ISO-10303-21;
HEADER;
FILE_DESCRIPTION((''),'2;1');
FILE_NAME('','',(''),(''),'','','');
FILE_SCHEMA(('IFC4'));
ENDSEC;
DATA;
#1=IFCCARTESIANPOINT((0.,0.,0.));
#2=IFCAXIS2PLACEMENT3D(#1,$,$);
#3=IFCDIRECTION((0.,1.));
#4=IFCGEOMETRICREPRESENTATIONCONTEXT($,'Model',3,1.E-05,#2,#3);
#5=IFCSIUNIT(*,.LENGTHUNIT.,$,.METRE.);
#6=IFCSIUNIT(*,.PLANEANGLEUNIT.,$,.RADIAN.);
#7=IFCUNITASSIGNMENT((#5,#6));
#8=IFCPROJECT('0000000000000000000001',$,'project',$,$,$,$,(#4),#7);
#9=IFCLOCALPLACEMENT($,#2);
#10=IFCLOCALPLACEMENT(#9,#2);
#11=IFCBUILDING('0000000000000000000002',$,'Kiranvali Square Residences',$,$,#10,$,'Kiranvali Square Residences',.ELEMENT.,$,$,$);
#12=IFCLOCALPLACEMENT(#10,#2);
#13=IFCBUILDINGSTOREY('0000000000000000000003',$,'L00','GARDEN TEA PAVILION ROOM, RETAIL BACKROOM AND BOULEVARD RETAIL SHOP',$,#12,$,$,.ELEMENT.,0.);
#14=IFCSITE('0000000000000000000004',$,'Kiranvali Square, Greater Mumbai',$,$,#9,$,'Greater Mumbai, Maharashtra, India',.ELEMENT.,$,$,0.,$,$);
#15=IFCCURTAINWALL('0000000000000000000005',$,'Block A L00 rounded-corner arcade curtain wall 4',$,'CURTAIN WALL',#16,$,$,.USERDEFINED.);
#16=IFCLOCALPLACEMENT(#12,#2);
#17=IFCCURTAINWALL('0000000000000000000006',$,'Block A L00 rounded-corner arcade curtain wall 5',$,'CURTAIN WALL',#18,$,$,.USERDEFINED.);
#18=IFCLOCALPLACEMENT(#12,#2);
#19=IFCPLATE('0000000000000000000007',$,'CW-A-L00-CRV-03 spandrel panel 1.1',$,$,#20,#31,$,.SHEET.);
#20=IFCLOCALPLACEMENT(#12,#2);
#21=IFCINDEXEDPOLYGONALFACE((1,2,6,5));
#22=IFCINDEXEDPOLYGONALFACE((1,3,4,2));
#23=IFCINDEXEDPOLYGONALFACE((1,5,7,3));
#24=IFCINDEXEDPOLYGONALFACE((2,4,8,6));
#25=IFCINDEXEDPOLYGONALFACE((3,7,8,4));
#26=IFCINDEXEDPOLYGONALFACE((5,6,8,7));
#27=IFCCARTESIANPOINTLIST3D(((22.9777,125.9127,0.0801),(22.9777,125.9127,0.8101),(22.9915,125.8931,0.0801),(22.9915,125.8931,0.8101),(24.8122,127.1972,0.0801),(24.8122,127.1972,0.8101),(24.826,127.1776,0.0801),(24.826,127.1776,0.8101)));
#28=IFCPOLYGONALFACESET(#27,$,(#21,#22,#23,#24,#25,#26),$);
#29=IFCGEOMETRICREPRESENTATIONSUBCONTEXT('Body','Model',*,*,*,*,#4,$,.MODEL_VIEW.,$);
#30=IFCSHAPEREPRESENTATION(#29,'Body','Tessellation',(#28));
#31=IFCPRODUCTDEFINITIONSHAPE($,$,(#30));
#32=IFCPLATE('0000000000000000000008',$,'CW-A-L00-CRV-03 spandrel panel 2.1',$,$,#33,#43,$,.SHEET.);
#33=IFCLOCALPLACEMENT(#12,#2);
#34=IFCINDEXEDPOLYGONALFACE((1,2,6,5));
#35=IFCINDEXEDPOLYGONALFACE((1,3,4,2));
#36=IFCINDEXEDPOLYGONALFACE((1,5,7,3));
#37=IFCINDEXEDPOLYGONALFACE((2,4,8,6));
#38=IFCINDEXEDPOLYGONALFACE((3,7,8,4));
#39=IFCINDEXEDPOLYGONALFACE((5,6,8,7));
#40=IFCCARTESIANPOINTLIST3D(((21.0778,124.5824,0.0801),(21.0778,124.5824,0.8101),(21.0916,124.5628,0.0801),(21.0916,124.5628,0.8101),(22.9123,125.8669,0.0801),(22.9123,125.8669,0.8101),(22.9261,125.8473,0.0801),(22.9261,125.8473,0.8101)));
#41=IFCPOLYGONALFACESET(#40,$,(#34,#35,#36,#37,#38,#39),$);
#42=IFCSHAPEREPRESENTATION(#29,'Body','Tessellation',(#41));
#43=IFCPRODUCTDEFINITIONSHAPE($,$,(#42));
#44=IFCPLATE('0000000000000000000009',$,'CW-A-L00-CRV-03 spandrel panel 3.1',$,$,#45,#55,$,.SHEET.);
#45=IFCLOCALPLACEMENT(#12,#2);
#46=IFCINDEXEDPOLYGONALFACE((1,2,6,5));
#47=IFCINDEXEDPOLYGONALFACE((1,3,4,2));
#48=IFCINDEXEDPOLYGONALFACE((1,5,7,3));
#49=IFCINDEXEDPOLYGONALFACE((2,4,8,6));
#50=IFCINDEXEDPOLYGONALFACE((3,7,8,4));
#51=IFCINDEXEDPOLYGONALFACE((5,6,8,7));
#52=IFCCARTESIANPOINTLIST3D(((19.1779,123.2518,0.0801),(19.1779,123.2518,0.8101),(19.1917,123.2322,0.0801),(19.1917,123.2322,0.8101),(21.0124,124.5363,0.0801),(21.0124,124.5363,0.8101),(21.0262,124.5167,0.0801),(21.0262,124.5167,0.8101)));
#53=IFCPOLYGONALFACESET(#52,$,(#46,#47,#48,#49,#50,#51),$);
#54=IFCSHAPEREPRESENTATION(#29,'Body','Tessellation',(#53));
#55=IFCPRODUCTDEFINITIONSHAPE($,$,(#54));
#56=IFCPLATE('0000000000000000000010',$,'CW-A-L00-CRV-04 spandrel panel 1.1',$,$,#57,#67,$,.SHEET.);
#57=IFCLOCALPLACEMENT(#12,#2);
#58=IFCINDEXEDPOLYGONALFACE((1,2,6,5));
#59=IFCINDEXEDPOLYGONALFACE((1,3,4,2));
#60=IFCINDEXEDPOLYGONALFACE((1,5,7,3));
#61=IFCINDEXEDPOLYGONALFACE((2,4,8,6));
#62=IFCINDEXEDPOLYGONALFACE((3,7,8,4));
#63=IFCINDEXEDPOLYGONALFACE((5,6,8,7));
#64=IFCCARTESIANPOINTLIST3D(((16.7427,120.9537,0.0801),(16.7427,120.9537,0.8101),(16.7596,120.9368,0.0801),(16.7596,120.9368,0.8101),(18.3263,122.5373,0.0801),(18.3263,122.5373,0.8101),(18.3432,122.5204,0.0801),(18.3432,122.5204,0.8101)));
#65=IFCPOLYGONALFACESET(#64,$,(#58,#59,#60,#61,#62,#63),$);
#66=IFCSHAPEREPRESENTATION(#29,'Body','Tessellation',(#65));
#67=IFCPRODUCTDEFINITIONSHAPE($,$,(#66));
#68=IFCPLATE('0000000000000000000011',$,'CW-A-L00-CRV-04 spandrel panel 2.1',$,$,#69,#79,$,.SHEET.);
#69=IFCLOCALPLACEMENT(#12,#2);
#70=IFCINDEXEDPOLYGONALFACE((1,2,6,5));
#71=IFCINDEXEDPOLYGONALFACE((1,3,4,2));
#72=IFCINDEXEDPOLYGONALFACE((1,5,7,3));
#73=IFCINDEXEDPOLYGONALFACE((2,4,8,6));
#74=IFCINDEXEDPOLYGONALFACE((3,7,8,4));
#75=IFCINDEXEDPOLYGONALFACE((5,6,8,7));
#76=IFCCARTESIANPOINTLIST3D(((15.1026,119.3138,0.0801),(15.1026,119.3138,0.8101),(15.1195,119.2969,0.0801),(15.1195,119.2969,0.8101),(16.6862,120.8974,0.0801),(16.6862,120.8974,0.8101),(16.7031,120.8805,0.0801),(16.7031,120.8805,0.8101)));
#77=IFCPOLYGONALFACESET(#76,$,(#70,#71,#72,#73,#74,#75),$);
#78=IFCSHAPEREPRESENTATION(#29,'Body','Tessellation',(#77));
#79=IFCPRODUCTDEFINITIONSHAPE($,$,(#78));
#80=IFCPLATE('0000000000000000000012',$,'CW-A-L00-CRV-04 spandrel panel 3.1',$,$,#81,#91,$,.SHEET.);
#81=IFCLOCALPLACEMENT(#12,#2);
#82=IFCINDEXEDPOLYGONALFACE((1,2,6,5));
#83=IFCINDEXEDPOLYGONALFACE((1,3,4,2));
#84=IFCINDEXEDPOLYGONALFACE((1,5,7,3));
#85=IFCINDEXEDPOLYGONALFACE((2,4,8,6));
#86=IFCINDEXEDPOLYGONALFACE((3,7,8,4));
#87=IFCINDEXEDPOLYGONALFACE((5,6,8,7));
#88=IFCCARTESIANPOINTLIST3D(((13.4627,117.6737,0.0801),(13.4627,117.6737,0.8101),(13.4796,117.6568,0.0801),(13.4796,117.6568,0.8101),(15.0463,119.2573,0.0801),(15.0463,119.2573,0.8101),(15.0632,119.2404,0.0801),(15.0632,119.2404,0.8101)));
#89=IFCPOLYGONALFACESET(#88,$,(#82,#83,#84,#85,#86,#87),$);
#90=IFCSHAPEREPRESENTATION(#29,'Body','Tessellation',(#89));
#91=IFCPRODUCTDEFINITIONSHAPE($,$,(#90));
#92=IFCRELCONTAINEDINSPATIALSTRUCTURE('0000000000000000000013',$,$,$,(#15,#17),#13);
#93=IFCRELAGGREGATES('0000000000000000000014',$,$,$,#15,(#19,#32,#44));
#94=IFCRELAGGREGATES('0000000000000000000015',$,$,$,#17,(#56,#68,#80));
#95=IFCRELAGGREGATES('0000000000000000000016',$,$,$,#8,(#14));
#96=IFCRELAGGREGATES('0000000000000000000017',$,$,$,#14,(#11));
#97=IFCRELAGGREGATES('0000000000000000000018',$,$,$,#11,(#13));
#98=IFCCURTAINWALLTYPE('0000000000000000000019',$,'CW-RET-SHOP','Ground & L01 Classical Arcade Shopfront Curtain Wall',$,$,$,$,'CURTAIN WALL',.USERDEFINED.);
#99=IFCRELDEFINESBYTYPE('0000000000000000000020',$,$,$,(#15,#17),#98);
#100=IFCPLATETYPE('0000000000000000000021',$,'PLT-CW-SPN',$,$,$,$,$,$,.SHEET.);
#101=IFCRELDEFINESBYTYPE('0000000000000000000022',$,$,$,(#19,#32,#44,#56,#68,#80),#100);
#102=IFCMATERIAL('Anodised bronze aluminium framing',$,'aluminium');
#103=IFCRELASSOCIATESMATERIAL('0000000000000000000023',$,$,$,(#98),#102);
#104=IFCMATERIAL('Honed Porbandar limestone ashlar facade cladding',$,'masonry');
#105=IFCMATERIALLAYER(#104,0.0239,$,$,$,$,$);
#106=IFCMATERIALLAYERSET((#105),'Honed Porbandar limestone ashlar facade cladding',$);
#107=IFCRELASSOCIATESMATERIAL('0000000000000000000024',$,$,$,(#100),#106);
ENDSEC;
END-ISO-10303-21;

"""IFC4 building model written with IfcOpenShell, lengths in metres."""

from ifc_helpers import new_model, si_unit, direction, frame, origin, origin_2d, place, context, subcontext, project, spatial, rectangle, extrude, material, layer, layer_set, type_object, element, aggregate, save


model = new_model("IFC4")

# Units and contexts
model_context = context("Model", 3, precision=1e-05, world=origin(), true_north=direction((0.0, 1.0)))
body_context = subcontext(model_context, "Body", "Model", "MODEL_VIEW")
ifc_project = project(units=[si_unit("LENGTHUNIT", "METRE"), si_unit("PLANEANGLEUNIT", "RADIAN")], contexts=[model_context])

# Site, building, storey
site_placement = place(None, origin())
site = spatial("IfcSite", under=ifc_project, at=site_placement, Name="Kiranvali Square, Greater Mumbai", LongName="Greater Mumbai, Maharashtra, India", CompositionType="ELEMENT", RefElevation=0.0)
building_placement = place(site_placement, origin())
building = spatial("IfcBuilding", under=site, at=building_placement, Name="Kiranvali Square Residences", LongName="Kiranvali Square Residences", CompositionType="ELEMENT")
storey_placement = place(building_placement, origin())
storey = spatial("IfcBuildingStorey", under=building, at=storey_placement, Name="L00", Description="GARDEN TEA PAVILION ROOM, RETAIL BACKROOM AND BOULEVARD RETAIL SHOP", CompositionType="ELEMENT", Elevation=0.0)

# Curtain walls
ifc_material_1 = material(Name="Anodised bronze aluminium framing", Category="aluminium")
curtain_wall_type = type_object("IfcCurtainWallType", Name="CW-RET-SHOP", Description="Ground & L01 Classical Arcade Shopfront Curtain Wall", ElementType="CURTAIN WALL", PredefinedType="USERDEFINED", material=ifc_material_1)
curtain_wall_1_placement = place(storey_placement, origin())
curtain_wall_1 = element("IfcCurtainWall", 1, at=curtain_wall_1_placement, inside=storey, type_object=curtain_wall_type, Name="Block A L00 rounded-corner arcade curtain wall 4", ObjectType="CURTAIN WALL", PredefinedType="USERDEFINED")
curtain_wall_2_placement = place(storey_placement, origin())
curtain_wall_2 = element("IfcCurtainWall", 2, at=curtain_wall_2_placement, inside=storey, type_object=curtain_wall_type, Name="Block A L00 rounded-corner arcade curtain wall 5", ObjectType="CURTAIN WALL", PredefinedType="USERDEFINED")

# Plates
ifc_material_2 = material(Name="Honed Porbandar limestone ashlar facade cladding", Category="masonry")
ifc_layer_1 = layer(ifc_material_2, 0.0239)
ifc_layer_set_1 = layer_set([ifc_layer_1], Name="Honed Porbandar limestone ashlar facade cladding")
plate_type_1 = type_object("IfcPlateType", Name="PLT-CW-SPN", PredefinedType="SHEET", material=ifc_layer_set_1)
plate_1_placement = place(storey_placement, frame((23.9019, 126.5452, 0.0801), z_axis=(0.0, 0.0, 1.0), x_axis=(-0.819152, -0.573576, 0.0)))
plate_1 = element("IfcPlate", 3, at=plate_1_placement, type_object=plate_type_1, Name="CW-A-L00-CRV-03 spandrel panel 1.1", PredefinedType="SHEET", context=body_context, shape_type="SweptSolid", body=[
    extrude(rectangle(XDim=2.2395, YDim=0.0239, at=origin_2d()), origin(), (0.0, 0.0, 1.0), 0.73),
])
plate_2_placement = place(storey_placement, frame((22.002, 125.2148, 0.0801), z_axis=(0.0, 0.0, 1.0), x_axis=(-0.819152, -0.573576, 0.0)))
plate_2 = element("IfcPlate", 4, at=plate_2_placement, type_object=plate_type_1, Name="CW-A-L00-CRV-03 spandrel panel 2.1", PredefinedType="SHEET", context=body_context, shape_type="SweptSolid", body=[
    extrude(rectangle(XDim=2.2395, YDim=0.0239, at=origin_2d()), origin(), (0.0, 0.0, 1.0), 0.73),
])
plate_3_placement = place(storey_placement, frame((20.1021, 123.8843, 0.0801), z_axis=(0.0, 0.0, 1.0), x_axis=(-0.819152, -0.573576, 0.0)))
plate_3 = element("IfcPlate", 5, at=plate_3_placement, type_object=plate_type_1, Name="CW-A-L00-CRV-03 spandrel panel 3.1", PredefinedType="SHEET", context=body_context, shape_type="SweptSolid", body=[
    extrude(rectangle(XDim=2.2395, YDim=0.0239, at=origin_2d()), origin(), (0.0, 0.0, 1.0), 0.73),
])
aggregate(curtain_wall_1, [plate_1, plate_2, plate_3])
plate_4_placement = place(storey_placement, frame((17.543, 121.7371, 0.0801), z_axis=(0.0, 0.0, 1.0), x_axis=(-0.707107, -0.707107, 0.0)))
plate_4 = element("IfcPlate", 6, at=plate_4_placement, type_object=plate_type_1, Name="CW-A-L00-CRV-04 spandrel panel 1.1", PredefinedType="SHEET", context=body_context, shape_type="SweptSolid", body=[
    extrude(rectangle(XDim=2.2395, YDim=0.0239, at=origin_2d()), origin(), (0.0, 0.0, 1.0), 0.73),
])
plate_5_placement = place(storey_placement, frame((15.9028, 120.0972, 0.0801), z_axis=(0.0, 0.0, 1.0), x_axis=(-0.707107, -0.707107, 0.0)))
plate_5 = element("IfcPlate", 7, at=plate_5_placement, type_object=plate_type_1, Name="CW-A-L00-CRV-04 spandrel panel 2.1", PredefinedType="SHEET", context=body_context, shape_type="SweptSolid", body=[
    extrude(rectangle(XDim=2.2395, YDim=0.0239, at=origin_2d()), origin(), (0.0, 0.0, 1.0), 0.73),
])
plate_6_placement = place(storey_placement, frame((14.2629, 118.457, 0.0801), z_axis=(0.0, 0.0, 1.0), x_axis=(-0.707107, -0.707107, 0.0)))
plate_6 = element("IfcPlate", 8, at=plate_6_placement, type_object=plate_type_1, Name="CW-A-L00-CRV-04 spandrel panel 3.1", PredefinedType="SHEET", context=body_context, shape_type="SweptSolid", body=[
    extrude(rectangle(XDim=2.2395, YDim=0.0239, at=origin_2d()), origin(), (0.0, 0.0, 1.0), 0.73),
])
aggregate(curtain_wall_2, [plate_4, plate_5, plate_6])

save(model, "model.ifc")
